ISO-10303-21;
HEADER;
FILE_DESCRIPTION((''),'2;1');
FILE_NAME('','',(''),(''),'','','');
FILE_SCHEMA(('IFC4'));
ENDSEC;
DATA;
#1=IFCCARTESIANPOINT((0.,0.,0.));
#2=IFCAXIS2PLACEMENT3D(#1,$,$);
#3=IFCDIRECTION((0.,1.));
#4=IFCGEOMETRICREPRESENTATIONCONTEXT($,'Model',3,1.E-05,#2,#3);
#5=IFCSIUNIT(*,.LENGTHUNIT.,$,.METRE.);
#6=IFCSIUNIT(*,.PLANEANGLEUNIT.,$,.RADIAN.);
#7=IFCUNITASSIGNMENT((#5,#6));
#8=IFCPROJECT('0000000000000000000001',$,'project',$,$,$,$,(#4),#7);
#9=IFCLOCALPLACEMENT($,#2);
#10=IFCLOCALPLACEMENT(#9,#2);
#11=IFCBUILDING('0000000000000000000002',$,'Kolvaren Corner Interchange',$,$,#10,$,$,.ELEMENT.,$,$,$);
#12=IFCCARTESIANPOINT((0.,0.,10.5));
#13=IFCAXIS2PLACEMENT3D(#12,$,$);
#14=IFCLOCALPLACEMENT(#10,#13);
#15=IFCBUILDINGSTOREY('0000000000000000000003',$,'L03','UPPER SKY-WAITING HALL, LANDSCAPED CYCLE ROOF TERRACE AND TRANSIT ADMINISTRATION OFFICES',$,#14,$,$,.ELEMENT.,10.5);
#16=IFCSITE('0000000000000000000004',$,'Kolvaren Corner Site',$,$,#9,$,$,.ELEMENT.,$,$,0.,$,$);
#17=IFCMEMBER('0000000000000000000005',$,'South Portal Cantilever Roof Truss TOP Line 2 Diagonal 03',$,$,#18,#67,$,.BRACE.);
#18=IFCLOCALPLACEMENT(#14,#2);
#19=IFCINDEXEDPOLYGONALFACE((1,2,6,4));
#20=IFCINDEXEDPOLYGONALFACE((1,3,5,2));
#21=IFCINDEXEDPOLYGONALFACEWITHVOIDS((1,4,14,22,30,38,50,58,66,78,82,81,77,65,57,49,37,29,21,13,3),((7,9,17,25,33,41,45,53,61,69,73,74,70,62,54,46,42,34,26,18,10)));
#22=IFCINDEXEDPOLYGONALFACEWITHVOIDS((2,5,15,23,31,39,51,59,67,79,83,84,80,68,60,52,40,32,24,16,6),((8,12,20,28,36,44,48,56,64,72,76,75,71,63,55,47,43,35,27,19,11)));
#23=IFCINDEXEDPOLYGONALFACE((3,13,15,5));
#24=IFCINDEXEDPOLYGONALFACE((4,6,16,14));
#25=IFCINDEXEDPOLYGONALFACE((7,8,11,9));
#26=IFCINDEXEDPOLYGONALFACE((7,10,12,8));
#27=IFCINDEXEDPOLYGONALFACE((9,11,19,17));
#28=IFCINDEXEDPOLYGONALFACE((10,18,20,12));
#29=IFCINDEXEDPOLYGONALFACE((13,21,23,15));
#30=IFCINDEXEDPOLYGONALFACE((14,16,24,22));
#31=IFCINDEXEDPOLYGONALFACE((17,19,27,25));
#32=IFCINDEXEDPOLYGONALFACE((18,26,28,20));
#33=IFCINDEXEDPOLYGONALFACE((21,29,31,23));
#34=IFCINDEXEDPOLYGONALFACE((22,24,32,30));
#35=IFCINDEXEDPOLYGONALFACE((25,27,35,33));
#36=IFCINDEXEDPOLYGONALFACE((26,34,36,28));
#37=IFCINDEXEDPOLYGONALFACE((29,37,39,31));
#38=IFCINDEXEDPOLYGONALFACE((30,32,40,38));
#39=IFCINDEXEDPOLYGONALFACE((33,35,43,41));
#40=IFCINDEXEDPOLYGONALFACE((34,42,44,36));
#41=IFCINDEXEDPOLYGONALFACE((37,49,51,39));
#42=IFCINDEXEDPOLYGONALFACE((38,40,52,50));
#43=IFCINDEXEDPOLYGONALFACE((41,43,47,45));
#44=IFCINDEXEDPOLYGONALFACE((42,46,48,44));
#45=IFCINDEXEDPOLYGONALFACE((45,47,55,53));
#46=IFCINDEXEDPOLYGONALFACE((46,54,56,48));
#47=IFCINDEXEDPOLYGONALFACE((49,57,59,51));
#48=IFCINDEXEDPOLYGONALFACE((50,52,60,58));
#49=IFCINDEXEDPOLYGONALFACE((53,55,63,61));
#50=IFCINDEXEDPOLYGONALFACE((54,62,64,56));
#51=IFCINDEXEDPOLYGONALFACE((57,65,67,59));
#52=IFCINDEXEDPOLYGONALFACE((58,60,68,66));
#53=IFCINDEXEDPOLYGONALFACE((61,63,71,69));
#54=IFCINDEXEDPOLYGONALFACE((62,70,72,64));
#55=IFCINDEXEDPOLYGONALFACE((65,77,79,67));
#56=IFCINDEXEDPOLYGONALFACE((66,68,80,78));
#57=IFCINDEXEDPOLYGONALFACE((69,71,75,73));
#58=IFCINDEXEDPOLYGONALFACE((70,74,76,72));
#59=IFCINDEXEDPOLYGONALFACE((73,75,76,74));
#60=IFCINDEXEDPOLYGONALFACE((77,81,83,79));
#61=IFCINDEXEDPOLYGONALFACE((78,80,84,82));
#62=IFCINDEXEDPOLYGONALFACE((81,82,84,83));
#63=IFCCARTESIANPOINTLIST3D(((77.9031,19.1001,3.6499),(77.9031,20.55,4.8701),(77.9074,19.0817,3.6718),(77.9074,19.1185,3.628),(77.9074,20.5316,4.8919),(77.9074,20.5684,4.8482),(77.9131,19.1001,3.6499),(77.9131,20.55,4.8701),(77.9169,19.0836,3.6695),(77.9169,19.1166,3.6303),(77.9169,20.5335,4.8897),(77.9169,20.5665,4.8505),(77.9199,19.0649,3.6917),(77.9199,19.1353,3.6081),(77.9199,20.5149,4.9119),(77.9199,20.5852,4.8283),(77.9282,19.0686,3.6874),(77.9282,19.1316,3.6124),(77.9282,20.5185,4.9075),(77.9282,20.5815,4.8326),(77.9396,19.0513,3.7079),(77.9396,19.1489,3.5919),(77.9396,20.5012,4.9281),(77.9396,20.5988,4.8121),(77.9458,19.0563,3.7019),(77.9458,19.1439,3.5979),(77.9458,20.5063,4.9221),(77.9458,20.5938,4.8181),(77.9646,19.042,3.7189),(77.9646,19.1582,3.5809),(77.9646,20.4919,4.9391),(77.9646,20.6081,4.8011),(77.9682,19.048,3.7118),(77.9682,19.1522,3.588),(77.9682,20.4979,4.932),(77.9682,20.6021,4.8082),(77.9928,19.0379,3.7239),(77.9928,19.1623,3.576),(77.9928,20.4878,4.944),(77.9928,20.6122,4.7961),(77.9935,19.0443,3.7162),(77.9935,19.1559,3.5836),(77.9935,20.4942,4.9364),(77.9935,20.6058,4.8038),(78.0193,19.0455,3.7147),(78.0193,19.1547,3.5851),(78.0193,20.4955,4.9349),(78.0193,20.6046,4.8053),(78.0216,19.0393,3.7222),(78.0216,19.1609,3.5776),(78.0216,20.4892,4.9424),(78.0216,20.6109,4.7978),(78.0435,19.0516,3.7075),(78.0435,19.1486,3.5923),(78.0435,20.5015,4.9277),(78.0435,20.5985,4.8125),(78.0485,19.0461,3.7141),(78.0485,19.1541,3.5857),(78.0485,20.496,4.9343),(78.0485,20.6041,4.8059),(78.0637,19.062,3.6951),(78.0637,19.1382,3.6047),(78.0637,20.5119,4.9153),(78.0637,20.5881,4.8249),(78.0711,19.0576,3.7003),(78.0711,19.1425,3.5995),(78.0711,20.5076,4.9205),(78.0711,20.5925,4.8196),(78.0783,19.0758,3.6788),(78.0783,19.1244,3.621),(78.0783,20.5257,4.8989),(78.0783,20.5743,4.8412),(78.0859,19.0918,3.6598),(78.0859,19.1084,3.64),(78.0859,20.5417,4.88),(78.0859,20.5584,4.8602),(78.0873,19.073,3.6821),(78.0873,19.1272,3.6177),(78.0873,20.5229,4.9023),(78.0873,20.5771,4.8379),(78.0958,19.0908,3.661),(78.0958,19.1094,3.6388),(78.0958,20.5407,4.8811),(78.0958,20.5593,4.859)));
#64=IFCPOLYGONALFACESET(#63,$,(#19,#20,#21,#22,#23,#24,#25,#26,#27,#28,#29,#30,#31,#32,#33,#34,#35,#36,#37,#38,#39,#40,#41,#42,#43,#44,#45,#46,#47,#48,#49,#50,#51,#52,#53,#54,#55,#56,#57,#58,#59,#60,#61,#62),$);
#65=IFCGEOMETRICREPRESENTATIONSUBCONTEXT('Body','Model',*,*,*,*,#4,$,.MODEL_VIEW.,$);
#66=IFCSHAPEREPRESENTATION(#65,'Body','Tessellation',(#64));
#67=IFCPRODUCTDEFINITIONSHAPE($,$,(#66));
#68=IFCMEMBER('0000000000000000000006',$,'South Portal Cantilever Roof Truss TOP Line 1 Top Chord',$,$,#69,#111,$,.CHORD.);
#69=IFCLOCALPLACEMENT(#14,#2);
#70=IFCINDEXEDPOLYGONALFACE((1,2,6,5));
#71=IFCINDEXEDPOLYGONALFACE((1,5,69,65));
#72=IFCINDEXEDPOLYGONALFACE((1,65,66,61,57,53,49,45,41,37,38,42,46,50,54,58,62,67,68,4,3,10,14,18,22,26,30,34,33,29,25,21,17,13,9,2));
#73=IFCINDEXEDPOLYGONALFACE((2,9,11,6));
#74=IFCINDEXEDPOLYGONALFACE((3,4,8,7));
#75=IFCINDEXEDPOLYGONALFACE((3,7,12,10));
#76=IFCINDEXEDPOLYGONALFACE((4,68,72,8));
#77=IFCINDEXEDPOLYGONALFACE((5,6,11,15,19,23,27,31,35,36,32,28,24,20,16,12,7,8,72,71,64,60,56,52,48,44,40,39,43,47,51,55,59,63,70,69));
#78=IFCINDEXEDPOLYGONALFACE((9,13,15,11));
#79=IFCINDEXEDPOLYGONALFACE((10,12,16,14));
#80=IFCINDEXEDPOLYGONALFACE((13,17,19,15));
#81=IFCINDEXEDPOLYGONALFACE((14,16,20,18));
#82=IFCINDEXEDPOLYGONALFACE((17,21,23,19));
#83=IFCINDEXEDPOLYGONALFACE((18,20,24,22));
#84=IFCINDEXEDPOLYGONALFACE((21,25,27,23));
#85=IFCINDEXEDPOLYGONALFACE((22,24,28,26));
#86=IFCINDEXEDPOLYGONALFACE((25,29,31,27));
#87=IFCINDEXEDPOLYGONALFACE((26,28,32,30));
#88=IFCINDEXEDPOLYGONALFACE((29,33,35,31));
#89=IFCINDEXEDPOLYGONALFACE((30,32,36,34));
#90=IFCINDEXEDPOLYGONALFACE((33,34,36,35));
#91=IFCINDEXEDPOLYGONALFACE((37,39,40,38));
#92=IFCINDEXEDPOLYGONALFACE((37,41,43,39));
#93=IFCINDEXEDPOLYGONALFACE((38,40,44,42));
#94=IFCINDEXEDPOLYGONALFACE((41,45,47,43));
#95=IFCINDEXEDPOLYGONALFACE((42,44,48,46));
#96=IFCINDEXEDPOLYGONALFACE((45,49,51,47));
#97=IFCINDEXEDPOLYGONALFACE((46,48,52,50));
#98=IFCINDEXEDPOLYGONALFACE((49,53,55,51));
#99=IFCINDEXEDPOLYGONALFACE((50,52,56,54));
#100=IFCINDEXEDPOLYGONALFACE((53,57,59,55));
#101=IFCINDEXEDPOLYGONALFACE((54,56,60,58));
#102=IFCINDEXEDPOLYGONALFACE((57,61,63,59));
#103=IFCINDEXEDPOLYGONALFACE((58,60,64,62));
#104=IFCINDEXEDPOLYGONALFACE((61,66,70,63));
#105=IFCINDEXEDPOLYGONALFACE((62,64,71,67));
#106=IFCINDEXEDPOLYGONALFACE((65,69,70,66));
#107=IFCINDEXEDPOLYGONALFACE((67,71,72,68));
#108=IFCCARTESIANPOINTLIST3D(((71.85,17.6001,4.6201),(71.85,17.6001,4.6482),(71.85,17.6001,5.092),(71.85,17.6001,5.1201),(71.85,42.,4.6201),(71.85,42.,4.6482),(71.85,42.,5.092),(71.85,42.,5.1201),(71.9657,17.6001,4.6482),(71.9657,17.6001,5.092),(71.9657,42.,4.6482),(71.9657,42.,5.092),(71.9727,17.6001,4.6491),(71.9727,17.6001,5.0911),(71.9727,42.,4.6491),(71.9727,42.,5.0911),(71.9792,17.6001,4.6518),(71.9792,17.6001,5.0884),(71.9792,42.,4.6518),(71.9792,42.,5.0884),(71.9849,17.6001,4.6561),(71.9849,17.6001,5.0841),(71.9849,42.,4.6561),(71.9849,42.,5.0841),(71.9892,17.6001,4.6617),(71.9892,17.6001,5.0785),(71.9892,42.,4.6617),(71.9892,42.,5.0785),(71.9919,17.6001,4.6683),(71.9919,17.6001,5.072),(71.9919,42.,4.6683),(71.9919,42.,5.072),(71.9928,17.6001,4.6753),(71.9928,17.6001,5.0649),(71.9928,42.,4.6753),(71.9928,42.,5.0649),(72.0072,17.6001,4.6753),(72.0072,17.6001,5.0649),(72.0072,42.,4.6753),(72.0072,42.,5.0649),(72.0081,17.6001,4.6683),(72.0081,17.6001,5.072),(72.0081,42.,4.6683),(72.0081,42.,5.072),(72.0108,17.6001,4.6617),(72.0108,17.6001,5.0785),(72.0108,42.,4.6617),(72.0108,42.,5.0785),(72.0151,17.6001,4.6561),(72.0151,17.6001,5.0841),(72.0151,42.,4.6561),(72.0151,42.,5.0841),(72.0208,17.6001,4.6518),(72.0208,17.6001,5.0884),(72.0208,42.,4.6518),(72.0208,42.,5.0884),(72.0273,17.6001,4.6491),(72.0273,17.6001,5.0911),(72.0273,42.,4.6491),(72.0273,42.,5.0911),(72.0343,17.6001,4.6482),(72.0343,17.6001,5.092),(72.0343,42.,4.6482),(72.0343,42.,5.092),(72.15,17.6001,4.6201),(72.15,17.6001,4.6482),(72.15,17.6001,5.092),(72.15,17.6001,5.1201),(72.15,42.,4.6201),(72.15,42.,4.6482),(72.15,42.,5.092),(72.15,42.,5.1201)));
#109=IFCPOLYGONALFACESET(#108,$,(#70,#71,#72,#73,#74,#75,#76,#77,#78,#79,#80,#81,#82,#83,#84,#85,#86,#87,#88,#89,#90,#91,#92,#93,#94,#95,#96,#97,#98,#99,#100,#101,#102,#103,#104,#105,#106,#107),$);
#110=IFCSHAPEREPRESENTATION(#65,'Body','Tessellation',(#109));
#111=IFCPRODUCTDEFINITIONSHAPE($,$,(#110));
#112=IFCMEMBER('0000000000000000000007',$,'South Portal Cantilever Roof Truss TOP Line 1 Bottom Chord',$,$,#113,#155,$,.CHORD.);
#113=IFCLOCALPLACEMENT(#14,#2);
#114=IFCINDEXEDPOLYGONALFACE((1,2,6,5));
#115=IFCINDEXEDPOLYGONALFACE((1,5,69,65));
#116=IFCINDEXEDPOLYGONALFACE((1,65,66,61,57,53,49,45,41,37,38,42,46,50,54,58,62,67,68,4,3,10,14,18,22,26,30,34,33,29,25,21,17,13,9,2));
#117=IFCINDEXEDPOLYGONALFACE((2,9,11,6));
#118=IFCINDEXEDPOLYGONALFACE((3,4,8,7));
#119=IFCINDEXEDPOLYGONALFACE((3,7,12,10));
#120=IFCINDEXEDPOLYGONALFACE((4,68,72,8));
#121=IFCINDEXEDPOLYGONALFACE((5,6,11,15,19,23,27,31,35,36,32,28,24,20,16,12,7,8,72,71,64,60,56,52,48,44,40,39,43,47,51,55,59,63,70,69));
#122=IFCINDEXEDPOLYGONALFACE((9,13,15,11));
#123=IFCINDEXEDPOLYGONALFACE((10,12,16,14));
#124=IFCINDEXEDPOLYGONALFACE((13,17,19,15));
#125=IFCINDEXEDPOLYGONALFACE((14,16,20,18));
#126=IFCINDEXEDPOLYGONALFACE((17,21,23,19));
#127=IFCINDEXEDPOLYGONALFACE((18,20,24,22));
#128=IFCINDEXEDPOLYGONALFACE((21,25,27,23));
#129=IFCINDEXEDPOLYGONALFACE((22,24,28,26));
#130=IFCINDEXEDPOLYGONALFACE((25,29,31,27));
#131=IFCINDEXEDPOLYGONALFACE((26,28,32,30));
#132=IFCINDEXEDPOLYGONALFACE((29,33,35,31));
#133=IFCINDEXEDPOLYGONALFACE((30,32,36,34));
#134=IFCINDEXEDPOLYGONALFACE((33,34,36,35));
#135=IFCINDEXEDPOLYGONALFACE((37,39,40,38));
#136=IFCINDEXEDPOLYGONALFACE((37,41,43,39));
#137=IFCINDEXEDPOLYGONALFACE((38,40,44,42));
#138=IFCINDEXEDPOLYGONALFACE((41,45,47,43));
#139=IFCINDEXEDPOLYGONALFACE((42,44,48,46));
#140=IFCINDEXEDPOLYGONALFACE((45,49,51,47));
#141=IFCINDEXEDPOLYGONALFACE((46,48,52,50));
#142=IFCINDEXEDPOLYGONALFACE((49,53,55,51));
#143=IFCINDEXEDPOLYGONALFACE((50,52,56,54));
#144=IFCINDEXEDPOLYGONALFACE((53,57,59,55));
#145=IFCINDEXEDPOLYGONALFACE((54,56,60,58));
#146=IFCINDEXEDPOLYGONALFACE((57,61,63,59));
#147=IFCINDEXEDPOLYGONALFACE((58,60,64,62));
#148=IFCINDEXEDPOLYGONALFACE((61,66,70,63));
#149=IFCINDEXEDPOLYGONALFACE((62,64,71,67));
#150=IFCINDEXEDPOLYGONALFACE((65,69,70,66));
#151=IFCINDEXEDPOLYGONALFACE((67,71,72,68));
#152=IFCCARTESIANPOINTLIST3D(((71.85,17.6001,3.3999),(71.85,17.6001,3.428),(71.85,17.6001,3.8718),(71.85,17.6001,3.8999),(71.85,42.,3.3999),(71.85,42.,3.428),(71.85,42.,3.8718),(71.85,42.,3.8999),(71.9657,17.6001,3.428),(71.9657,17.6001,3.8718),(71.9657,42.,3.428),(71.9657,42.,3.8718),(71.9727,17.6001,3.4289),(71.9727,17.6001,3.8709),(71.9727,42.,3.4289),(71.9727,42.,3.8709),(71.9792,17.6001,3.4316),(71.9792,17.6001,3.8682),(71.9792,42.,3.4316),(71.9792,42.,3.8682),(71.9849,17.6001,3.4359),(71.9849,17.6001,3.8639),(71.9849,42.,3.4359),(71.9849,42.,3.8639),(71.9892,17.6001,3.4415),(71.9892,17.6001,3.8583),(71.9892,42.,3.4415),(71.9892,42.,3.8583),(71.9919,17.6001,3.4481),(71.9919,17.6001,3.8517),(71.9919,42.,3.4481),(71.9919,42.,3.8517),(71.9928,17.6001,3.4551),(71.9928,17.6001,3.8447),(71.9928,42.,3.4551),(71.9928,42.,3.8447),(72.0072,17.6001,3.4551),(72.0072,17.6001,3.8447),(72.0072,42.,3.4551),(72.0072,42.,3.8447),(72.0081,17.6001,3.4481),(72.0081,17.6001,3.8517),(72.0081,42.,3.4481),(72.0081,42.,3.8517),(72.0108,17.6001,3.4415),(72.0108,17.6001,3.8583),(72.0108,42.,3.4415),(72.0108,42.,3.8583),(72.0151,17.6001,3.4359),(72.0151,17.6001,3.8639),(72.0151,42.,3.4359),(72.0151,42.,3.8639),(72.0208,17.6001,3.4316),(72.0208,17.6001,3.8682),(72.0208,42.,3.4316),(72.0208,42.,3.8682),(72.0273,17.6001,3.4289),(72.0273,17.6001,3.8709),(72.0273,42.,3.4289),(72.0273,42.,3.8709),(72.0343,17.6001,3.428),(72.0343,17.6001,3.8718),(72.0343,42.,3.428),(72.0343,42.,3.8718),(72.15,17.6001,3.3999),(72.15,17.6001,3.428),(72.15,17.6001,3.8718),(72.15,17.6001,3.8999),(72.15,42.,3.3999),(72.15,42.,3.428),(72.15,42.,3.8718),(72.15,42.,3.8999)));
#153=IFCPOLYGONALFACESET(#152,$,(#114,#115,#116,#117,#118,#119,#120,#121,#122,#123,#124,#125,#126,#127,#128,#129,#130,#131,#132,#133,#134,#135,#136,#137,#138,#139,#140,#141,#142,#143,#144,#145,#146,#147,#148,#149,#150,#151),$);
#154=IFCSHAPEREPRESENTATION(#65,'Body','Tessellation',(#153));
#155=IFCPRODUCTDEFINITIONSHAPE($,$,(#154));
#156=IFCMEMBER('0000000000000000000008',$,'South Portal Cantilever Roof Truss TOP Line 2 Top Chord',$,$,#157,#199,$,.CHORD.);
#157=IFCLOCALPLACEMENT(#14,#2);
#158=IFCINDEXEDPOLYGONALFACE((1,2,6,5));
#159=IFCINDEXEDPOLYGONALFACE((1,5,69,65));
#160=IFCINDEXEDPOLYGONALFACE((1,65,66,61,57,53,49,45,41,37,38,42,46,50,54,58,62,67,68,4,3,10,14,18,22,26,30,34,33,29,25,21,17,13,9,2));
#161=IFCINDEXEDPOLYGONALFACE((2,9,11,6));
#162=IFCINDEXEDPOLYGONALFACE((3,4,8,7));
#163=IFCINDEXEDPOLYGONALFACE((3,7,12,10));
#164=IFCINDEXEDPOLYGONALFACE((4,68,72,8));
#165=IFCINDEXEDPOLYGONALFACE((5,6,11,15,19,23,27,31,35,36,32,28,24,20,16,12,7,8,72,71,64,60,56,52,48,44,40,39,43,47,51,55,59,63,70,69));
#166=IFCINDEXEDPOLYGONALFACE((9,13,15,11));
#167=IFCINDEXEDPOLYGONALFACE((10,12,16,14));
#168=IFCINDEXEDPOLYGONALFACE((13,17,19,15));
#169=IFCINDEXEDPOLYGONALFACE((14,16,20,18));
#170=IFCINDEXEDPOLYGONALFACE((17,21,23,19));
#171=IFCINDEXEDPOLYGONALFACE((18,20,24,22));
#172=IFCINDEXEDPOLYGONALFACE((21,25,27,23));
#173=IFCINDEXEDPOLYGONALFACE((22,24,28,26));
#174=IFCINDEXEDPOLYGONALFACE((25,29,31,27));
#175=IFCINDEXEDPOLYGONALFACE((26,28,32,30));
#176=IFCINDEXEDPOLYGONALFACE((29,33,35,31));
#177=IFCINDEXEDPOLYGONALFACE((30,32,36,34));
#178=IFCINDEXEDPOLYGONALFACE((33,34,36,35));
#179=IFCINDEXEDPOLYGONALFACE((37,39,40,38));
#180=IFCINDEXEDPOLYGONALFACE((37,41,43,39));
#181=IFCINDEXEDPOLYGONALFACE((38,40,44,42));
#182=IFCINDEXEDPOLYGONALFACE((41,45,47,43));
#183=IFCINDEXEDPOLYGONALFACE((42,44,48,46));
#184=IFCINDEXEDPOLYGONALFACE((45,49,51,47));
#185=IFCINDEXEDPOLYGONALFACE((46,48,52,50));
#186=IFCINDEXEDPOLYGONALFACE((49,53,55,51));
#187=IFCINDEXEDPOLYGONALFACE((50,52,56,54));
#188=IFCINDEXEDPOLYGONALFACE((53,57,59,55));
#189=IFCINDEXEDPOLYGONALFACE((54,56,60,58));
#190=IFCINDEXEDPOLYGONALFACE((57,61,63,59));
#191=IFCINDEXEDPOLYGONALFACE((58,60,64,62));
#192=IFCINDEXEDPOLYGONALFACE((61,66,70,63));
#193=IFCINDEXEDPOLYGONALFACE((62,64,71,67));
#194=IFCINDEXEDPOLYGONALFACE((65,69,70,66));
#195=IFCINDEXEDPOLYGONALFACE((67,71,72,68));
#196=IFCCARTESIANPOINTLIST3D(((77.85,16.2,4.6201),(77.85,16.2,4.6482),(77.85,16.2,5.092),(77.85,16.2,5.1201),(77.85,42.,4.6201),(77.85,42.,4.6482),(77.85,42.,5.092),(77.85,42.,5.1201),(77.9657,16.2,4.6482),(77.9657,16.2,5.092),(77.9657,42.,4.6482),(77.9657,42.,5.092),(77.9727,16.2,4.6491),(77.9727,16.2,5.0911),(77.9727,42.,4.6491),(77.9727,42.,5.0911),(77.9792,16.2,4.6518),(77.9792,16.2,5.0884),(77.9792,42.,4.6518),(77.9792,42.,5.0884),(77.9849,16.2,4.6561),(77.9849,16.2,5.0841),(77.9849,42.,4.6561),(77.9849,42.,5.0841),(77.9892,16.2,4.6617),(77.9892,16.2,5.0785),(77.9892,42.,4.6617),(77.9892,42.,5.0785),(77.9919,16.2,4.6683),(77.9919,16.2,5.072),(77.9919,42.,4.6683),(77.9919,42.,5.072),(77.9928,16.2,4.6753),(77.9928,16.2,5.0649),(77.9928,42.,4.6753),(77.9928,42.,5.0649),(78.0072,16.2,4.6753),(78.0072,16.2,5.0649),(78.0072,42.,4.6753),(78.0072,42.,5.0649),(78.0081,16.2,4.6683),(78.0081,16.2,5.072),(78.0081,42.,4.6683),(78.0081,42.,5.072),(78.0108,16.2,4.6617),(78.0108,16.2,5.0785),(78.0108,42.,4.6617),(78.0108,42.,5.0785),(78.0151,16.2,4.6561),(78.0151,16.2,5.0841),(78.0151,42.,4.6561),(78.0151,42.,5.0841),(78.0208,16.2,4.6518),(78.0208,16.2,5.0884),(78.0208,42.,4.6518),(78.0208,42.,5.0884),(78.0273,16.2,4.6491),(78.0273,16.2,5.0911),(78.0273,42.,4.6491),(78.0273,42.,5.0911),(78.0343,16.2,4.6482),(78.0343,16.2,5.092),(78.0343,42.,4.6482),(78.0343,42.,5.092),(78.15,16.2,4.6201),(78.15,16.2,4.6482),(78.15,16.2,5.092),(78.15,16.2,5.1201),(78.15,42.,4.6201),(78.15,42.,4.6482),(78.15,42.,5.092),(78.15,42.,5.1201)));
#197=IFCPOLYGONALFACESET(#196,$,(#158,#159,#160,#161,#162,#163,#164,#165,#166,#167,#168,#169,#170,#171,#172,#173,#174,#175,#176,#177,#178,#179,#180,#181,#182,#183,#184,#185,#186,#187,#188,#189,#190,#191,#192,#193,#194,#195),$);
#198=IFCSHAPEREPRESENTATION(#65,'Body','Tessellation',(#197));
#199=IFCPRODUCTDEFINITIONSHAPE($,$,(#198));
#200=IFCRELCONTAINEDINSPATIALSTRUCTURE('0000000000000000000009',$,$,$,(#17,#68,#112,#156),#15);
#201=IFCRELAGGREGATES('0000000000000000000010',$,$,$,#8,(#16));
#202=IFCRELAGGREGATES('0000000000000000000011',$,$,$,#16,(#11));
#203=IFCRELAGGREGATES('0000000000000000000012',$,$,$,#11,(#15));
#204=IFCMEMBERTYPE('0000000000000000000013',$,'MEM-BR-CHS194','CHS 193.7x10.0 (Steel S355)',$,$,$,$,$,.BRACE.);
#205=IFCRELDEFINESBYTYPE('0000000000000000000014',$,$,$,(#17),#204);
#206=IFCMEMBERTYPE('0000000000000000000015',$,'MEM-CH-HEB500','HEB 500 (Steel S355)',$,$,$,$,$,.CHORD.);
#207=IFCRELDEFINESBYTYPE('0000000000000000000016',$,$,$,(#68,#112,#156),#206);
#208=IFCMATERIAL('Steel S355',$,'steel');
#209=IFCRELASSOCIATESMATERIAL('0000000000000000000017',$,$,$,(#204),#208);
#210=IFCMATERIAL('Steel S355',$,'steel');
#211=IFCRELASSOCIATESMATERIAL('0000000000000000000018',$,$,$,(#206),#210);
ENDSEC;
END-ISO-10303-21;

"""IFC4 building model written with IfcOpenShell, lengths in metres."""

from ifc_helpers import new_model, si_unit, direction, frame, origin, origin_2d, place, context, subcontext, project, spatial, hollow_circle, i_section, extrude, material, material_profile, profile_set, type_object, element, save


model = new_model("IFC4")

# Units and contexts
model_context = context("Model", 3, precision=1e-05, world=origin(), true_north=direction((0.0, 1.0)))
body_context = subcontext(model_context, "Body", "Model", "MODEL_VIEW")
ifc_project = project(units=[si_unit("LENGTHUNIT", "METRE"), si_unit("PLANEANGLEUNIT", "RADIAN")], contexts=[model_context])

# Site, building, storey
site_placement = place(None, origin())
site = spatial("IfcSite", under=ifc_project, at=site_placement, Name="Kolvaren Corner Site", CompositionType="ELEMENT", RefElevation=0.0)
building_placement = place(site_placement, origin())
building = spatial("IfcBuilding", under=site, at=building_placement, Name="Kolvaren Corner Interchange", CompositionType="ELEMENT")
storey_placement = place(building_placement, frame((0.0, 0.0, 10.5)))
storey = spatial("IfcBuildingStorey", under=building, at=storey_placement, Name="L03", Description="UPPER SKY-WAITING HALL, LANDSCAPED CYCLE ROOF TERRACE AND TRANSIT ADMINISTRATION OFFICES", CompositionType="ELEMENT", Elevation=10.5)

# Members
ifc_material_1 = material(Name="Steel S355", Category="steel")
ifc_material_profile_1 = material_profile(ifc_material_1, hollow_circle(Radius=0.0969, WallThickness=0.01, at=origin_2d()), Name="CHS 193.7x10.0")
ifc_profile_set_1 = profile_set([ifc_material_profile_1], Name="Steel S355")
member_type_1 = type_object("IfcMemberType", Name="MEM-BR-CHS194", Description="CHS 193.7x10.0 (Steel S355)", PredefinedType="BRACE", material=ifc_profile_set_1)
member_1_placement = place(storey_placement, frame((78.0, 19.1001, 3.6499), z_axis=(0.0, 0.765118, 0.64389), x_axis=(-1.0, 0.0, 0.0)))
element("IfcMember", 1, at=member_1_placement, inside=storey, type_object=member_type_1, Name="South Portal Cantilever Roof Truss TOP Line 2 Diagonal 03", PredefinedType="BRACE", context=body_context, shape_type="SweptSolid", body=[
    extrude(hollow_circle(Radius=0.0969, WallThickness=0.01, at=origin_2d()), origin(), (0.0, 0.0, 1.0), 1.895),
])
ifc_material_2 = material(Name="Steel S355", Category="steel")
ifc_material_profile_2 = material_profile(ifc_material_2, i_section(OverallWidth=0.3, OverallDepth=0.5, WebThickness=0.0144, FlangeThickness=0.0281, FilletRadius=0.0271, at=origin_2d()), Name="HEB 500")
ifc_profile_set_2 = profile_set([ifc_material_profile_2], Name="Steel S355")
member_type_2 = type_object("IfcMemberType", Name="MEM-CH-HEB500", Description="HEB 500 (Steel S355)", PredefinedType="CHORD", material=ifc_profile_set_2)
for number, where, z_axis, x_axis, name in (
    (2, (72.0, 17.6001, 4.8701), (0.0, 1.0, 0.0), (-1.0, 0.0, 0.0), "South Portal Cantilever Roof Truss TOP Line 1 Top Chord"),
    (3, (72.0, 17.6001, 3.6499), (0.0, 1.0, 0.0), (-1.0, 0.0, 0.0), "South Portal Cantilever Roof Truss TOP Line 1 Bottom Chord"),
):
    element("IfcMember", number, at=place(storey_placement, frame(where, z_axis=z_axis, x_axis=x_axis)), inside=storey, type_object=member_type_2, Name=name, PredefinedType="CHORD", context=body_context, shape_type="SweptSolid", body=[
        extrude(i_section(OverallWidth=0.3, OverallDepth=0.5, WebThickness=0.0144, FlangeThickness=0.0281, FilletRadius=0.0271, at=origin_2d()), origin(), (0.0, 0.0, 1.0), 24.3999),
    ])
for number, where, z_axis, x_axis, name in (
    (4, (78.0, 16.2, 4.8701), (0.0, 1.0, 0.0), (-1.0, 0.0, 0.0), "South Portal Cantilever Roof Truss TOP Line 2 Top Chord"),
):
    element("IfcMember", number, at=place(storey_placement, frame(where, z_axis=z_axis, x_axis=x_axis)), inside=storey, type_object=member_type_2, Name=name, PredefinedType="CHORD", context=body_context, shape_type="SweptSolid", body=[
        extrude(i_section(OverallWidth=0.3, OverallDepth=0.5, WebThickness=0.0144, FlangeThickness=0.0281, FilletRadius=0.0271, at=origin_2d()), origin(), (0.0, 0.0, 1.0), 25.8),
    ])

save(model, "model.ifc")
